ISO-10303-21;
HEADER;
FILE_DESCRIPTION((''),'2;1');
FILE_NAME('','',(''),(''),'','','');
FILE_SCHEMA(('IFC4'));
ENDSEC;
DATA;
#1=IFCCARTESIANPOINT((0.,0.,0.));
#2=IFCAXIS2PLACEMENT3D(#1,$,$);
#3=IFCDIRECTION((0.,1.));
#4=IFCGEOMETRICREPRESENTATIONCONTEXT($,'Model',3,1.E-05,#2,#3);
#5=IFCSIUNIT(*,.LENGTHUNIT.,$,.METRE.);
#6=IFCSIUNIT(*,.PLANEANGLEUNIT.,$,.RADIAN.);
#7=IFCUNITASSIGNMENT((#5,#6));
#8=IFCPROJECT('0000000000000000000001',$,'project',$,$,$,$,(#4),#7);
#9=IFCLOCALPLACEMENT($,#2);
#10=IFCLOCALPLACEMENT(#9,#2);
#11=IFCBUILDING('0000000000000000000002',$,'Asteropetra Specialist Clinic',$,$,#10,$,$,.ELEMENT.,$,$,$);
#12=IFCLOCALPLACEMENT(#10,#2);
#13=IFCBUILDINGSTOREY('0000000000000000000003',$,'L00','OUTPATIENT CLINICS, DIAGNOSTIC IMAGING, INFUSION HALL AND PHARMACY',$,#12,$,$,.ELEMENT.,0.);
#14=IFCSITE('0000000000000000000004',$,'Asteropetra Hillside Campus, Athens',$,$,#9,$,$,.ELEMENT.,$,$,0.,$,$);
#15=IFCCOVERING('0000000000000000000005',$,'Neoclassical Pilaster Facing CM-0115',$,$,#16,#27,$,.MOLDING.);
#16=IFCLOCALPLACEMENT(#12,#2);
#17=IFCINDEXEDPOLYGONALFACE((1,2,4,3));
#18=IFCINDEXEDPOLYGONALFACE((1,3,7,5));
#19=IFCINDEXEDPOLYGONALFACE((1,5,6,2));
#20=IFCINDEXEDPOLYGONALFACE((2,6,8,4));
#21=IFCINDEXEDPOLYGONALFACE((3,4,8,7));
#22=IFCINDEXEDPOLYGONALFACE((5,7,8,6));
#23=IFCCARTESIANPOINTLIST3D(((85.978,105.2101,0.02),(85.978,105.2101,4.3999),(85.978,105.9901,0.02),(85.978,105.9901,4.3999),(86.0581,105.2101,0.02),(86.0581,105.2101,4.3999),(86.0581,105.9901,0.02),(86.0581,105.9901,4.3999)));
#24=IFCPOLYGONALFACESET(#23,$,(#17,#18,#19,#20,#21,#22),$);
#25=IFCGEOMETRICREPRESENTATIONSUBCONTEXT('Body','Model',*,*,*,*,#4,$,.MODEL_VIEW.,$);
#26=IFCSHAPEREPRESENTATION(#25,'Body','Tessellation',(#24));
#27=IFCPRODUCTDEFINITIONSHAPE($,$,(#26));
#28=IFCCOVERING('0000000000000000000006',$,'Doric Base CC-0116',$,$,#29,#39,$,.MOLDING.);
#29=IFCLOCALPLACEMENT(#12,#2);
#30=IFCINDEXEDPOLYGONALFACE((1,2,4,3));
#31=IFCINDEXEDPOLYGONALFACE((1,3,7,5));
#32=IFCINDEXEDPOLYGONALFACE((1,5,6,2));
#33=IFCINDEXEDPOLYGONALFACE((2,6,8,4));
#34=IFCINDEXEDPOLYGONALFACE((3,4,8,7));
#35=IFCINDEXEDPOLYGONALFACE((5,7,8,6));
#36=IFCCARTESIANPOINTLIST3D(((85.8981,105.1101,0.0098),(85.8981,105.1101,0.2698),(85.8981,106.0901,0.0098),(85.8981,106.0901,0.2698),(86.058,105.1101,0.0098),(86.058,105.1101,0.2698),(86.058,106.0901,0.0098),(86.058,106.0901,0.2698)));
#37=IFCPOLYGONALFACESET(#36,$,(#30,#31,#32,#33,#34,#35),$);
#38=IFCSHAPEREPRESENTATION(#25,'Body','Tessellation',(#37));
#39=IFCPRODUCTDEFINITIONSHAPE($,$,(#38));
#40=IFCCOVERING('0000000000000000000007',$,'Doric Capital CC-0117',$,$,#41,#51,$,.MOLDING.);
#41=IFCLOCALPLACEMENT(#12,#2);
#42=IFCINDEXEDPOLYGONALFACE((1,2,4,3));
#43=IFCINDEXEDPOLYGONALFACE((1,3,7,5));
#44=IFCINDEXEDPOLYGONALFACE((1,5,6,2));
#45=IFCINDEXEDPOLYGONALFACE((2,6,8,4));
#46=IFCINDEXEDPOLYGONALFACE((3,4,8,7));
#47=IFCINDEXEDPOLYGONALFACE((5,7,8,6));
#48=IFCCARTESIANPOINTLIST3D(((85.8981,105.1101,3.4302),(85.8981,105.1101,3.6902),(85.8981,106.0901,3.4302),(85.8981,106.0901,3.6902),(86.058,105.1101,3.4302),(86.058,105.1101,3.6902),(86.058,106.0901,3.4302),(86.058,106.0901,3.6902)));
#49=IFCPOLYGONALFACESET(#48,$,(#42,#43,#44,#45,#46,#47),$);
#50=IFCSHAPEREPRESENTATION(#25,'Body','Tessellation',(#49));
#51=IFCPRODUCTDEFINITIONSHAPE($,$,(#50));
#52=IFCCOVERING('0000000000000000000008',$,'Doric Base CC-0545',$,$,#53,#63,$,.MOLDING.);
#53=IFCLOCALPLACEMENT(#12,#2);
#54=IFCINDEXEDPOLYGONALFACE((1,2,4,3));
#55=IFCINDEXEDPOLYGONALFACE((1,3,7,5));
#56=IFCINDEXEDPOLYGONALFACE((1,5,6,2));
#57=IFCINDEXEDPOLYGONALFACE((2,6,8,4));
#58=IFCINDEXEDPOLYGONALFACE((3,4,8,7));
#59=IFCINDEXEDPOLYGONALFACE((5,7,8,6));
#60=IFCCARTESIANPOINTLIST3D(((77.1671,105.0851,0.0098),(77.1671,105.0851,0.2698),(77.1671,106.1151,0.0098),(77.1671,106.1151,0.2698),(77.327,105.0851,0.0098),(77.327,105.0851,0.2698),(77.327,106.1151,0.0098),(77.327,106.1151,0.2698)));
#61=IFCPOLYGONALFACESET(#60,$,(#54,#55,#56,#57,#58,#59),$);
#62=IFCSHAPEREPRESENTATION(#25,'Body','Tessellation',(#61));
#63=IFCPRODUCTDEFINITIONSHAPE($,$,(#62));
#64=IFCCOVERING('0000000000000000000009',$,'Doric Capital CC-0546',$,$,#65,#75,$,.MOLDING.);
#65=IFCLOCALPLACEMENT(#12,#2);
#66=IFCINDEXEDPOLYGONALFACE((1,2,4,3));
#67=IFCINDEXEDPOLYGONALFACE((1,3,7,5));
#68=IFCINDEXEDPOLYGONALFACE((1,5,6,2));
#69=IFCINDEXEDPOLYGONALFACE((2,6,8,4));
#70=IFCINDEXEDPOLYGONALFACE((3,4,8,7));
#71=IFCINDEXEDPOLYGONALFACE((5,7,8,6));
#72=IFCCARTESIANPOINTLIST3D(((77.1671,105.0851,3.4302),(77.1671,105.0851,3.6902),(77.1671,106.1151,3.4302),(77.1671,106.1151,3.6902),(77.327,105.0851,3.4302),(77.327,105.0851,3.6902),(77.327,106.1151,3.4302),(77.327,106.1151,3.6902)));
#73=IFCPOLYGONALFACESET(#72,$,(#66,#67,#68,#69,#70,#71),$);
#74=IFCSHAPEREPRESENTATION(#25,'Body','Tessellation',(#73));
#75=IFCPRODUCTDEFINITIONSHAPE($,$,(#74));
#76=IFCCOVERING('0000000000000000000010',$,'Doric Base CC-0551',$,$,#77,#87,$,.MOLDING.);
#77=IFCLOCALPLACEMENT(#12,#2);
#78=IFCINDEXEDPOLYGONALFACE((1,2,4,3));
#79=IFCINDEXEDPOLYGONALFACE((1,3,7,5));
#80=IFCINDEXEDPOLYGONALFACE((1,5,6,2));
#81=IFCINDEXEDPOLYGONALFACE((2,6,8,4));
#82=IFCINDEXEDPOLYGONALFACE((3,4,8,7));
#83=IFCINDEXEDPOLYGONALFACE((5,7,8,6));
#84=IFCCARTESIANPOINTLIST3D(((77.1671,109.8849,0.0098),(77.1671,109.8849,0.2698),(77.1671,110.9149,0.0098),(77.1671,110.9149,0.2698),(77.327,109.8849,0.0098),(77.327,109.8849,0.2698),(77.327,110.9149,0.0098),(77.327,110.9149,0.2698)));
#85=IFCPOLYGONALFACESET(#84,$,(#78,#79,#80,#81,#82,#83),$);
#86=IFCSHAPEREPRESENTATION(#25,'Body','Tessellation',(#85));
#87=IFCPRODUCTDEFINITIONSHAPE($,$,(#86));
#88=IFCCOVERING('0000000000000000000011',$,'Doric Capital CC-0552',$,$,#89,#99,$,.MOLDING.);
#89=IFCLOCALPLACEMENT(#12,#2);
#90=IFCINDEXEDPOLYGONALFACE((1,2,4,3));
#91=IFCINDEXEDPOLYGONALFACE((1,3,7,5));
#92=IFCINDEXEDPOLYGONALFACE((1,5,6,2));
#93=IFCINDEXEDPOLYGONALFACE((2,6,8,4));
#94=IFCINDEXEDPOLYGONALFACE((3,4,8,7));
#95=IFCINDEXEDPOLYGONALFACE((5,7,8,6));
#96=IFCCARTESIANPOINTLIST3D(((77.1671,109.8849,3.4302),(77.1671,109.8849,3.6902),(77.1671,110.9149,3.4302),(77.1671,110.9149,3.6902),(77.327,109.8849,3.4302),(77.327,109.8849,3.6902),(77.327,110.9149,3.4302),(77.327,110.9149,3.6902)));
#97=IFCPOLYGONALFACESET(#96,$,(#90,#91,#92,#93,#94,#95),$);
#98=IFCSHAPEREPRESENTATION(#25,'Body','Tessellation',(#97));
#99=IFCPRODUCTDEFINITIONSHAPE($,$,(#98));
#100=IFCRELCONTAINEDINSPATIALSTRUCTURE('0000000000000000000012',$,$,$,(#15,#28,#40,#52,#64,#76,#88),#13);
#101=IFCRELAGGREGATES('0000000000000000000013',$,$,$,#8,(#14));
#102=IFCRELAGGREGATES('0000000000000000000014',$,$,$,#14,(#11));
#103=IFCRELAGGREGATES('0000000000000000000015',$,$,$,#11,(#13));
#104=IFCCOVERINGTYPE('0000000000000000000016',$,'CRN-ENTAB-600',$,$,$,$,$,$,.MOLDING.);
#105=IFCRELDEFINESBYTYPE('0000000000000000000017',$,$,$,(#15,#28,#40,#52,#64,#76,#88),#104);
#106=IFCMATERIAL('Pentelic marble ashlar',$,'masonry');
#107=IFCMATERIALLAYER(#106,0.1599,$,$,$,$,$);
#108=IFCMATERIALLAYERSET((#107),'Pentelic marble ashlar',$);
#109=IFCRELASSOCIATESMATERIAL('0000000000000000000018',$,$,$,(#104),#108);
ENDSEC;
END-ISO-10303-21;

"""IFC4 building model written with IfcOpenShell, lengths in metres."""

from ifc_helpers import new_model, si_unit, direction, frame, origin, origin_2d, place, context, subcontext, project, spatial, rectangle, extrude, material, layer, layer_set, type_object, element, save


model = new_model("IFC4")

# Units and contexts
model_context = context("Model", 3, precision=1e-05, world=origin(), true_north=direction((0.0, 1.0)))
body_context = subcontext(model_context, "Body", "Model", "MODEL_VIEW")
ifc_project = project(units=[si_unit("LENGTHUNIT", "METRE"), si_unit("PLANEANGLEUNIT", "RADIAN")], contexts=[model_context])

# Site, building, storey
site_placement = place(None, origin())
site = spatial("IfcSite", under=ifc_project, at=site_placement, Name="Asteropetra Hillside Campus, Athens", CompositionType="ELEMENT", RefElevation=0.0)
building_placement = place(site_placement, origin())
building = spatial("IfcBuilding", under=site, at=building_placement, Name="Asteropetra Specialist Clinic", CompositionType="ELEMENT")
storey_placement = place(building_placement, origin())
storey = spatial("IfcBuildingStorey", under=building, at=storey_placement, Name="L00", Description="OUTPATIENT CLINICS, DIAGNOSTIC IMAGING, INFUSION HALL AND PHARMACY", CompositionType="ELEMENT", Elevation=0.0)

# Coverings
ifc_material_1 = material(Name="Pentelic marble ashlar", Category="masonry")
ifc_layer_1 = layer(ifc_material_1, 0.1599)
ifc_layer_set_1 = layer_set([ifc_layer_1], Name="Pentelic marble ashlar")
covering_type = type_object("IfcCoveringType", Name="CRN-ENTAB-600", PredefinedType="MOLDING", material=ifc_layer_set_1)
covering_1_placement = place(storey_placement, frame((86.0181, 105.6001, 0.02), z_axis=(0.0, 0.0, 1.0), x_axis=(1.0, 0.0, 0.0)))
element("IfcCovering", 1, at=covering_1_placement, inside=storey, type_object=covering_type, Name="Neoclassical Pilaster Facing CM-0115", PredefinedType="MOLDING", context=body_context, shape_type="SweptSolid", body=[
    extrude(rectangle(XDim=0.0801, YDim=0.78, at=origin_2d()), origin(), (0.0, 0.0, 1.0), 4.3799),
])
for number, where, z_axis, x_axis, name in (
    (2, (85.978, 105.6001, 0.0098), (0.0, 0.0, 1.0), (1.0, 0.0, 0.0), "Doric Base CC-0116"),
    (3, (85.978, 105.6001, 3.4302), (0.0, 0.0, 1.0), (1.0, 0.0, 0.0), "Doric Capital CC-0117"),
):
    element("IfcCovering", number, at=place(storey_placement, frame(where, z_axis=z_axis, x_axis=x_axis)), inside=storey, type_object=covering_type, Name=name, PredefinedType="MOLDING", context=body_context, shape_type="SweptSolid", body=[
        extrude(rectangle(XDim=0.1599, YDim=0.98, at=origin_2d()), origin(), (0.0, 0.0, 1.0), 0.26),
    ])
for number, where, z_axis, x_axis, name in (
    (4, (77.2471, 105.6001, 0.0098), (0.0, 0.0, 1.0), (1.0, 0.0, 0.0), "Doric Base CC-0545"),
    (5, (77.2471, 105.6001, 3.4302), (0.0, 0.0, 1.0), (1.0, 0.0, 0.0), "Doric Capital CC-0546"),
    (6, (77.2471, 110.3999, 0.0098), (0.0, 0.0, 1.0), (1.0, 0.0, 0.0), "Doric Base CC-0551"),
    (7, (77.2471, 110.3999, 3.4302), (0.0, 0.0, 1.0), (1.0, 0.0, 0.0), "Doric Capital CC-0552"),
):
    element("IfcCovering", number, at=place(storey_placement, frame(where, z_axis=z_axis, x_axis=x_axis)), inside=storey, type_object=covering_type, Name=name, PredefinedType="MOLDING", context=body_context, shape_type="SweptSolid", body=[
        extrude(rectangle(XDim=0.1599, YDim=1.03, at=origin_2d()), origin(), (0.0, 0.0, 1.0), 0.26),
    ])

save(model, "model.ifc")
